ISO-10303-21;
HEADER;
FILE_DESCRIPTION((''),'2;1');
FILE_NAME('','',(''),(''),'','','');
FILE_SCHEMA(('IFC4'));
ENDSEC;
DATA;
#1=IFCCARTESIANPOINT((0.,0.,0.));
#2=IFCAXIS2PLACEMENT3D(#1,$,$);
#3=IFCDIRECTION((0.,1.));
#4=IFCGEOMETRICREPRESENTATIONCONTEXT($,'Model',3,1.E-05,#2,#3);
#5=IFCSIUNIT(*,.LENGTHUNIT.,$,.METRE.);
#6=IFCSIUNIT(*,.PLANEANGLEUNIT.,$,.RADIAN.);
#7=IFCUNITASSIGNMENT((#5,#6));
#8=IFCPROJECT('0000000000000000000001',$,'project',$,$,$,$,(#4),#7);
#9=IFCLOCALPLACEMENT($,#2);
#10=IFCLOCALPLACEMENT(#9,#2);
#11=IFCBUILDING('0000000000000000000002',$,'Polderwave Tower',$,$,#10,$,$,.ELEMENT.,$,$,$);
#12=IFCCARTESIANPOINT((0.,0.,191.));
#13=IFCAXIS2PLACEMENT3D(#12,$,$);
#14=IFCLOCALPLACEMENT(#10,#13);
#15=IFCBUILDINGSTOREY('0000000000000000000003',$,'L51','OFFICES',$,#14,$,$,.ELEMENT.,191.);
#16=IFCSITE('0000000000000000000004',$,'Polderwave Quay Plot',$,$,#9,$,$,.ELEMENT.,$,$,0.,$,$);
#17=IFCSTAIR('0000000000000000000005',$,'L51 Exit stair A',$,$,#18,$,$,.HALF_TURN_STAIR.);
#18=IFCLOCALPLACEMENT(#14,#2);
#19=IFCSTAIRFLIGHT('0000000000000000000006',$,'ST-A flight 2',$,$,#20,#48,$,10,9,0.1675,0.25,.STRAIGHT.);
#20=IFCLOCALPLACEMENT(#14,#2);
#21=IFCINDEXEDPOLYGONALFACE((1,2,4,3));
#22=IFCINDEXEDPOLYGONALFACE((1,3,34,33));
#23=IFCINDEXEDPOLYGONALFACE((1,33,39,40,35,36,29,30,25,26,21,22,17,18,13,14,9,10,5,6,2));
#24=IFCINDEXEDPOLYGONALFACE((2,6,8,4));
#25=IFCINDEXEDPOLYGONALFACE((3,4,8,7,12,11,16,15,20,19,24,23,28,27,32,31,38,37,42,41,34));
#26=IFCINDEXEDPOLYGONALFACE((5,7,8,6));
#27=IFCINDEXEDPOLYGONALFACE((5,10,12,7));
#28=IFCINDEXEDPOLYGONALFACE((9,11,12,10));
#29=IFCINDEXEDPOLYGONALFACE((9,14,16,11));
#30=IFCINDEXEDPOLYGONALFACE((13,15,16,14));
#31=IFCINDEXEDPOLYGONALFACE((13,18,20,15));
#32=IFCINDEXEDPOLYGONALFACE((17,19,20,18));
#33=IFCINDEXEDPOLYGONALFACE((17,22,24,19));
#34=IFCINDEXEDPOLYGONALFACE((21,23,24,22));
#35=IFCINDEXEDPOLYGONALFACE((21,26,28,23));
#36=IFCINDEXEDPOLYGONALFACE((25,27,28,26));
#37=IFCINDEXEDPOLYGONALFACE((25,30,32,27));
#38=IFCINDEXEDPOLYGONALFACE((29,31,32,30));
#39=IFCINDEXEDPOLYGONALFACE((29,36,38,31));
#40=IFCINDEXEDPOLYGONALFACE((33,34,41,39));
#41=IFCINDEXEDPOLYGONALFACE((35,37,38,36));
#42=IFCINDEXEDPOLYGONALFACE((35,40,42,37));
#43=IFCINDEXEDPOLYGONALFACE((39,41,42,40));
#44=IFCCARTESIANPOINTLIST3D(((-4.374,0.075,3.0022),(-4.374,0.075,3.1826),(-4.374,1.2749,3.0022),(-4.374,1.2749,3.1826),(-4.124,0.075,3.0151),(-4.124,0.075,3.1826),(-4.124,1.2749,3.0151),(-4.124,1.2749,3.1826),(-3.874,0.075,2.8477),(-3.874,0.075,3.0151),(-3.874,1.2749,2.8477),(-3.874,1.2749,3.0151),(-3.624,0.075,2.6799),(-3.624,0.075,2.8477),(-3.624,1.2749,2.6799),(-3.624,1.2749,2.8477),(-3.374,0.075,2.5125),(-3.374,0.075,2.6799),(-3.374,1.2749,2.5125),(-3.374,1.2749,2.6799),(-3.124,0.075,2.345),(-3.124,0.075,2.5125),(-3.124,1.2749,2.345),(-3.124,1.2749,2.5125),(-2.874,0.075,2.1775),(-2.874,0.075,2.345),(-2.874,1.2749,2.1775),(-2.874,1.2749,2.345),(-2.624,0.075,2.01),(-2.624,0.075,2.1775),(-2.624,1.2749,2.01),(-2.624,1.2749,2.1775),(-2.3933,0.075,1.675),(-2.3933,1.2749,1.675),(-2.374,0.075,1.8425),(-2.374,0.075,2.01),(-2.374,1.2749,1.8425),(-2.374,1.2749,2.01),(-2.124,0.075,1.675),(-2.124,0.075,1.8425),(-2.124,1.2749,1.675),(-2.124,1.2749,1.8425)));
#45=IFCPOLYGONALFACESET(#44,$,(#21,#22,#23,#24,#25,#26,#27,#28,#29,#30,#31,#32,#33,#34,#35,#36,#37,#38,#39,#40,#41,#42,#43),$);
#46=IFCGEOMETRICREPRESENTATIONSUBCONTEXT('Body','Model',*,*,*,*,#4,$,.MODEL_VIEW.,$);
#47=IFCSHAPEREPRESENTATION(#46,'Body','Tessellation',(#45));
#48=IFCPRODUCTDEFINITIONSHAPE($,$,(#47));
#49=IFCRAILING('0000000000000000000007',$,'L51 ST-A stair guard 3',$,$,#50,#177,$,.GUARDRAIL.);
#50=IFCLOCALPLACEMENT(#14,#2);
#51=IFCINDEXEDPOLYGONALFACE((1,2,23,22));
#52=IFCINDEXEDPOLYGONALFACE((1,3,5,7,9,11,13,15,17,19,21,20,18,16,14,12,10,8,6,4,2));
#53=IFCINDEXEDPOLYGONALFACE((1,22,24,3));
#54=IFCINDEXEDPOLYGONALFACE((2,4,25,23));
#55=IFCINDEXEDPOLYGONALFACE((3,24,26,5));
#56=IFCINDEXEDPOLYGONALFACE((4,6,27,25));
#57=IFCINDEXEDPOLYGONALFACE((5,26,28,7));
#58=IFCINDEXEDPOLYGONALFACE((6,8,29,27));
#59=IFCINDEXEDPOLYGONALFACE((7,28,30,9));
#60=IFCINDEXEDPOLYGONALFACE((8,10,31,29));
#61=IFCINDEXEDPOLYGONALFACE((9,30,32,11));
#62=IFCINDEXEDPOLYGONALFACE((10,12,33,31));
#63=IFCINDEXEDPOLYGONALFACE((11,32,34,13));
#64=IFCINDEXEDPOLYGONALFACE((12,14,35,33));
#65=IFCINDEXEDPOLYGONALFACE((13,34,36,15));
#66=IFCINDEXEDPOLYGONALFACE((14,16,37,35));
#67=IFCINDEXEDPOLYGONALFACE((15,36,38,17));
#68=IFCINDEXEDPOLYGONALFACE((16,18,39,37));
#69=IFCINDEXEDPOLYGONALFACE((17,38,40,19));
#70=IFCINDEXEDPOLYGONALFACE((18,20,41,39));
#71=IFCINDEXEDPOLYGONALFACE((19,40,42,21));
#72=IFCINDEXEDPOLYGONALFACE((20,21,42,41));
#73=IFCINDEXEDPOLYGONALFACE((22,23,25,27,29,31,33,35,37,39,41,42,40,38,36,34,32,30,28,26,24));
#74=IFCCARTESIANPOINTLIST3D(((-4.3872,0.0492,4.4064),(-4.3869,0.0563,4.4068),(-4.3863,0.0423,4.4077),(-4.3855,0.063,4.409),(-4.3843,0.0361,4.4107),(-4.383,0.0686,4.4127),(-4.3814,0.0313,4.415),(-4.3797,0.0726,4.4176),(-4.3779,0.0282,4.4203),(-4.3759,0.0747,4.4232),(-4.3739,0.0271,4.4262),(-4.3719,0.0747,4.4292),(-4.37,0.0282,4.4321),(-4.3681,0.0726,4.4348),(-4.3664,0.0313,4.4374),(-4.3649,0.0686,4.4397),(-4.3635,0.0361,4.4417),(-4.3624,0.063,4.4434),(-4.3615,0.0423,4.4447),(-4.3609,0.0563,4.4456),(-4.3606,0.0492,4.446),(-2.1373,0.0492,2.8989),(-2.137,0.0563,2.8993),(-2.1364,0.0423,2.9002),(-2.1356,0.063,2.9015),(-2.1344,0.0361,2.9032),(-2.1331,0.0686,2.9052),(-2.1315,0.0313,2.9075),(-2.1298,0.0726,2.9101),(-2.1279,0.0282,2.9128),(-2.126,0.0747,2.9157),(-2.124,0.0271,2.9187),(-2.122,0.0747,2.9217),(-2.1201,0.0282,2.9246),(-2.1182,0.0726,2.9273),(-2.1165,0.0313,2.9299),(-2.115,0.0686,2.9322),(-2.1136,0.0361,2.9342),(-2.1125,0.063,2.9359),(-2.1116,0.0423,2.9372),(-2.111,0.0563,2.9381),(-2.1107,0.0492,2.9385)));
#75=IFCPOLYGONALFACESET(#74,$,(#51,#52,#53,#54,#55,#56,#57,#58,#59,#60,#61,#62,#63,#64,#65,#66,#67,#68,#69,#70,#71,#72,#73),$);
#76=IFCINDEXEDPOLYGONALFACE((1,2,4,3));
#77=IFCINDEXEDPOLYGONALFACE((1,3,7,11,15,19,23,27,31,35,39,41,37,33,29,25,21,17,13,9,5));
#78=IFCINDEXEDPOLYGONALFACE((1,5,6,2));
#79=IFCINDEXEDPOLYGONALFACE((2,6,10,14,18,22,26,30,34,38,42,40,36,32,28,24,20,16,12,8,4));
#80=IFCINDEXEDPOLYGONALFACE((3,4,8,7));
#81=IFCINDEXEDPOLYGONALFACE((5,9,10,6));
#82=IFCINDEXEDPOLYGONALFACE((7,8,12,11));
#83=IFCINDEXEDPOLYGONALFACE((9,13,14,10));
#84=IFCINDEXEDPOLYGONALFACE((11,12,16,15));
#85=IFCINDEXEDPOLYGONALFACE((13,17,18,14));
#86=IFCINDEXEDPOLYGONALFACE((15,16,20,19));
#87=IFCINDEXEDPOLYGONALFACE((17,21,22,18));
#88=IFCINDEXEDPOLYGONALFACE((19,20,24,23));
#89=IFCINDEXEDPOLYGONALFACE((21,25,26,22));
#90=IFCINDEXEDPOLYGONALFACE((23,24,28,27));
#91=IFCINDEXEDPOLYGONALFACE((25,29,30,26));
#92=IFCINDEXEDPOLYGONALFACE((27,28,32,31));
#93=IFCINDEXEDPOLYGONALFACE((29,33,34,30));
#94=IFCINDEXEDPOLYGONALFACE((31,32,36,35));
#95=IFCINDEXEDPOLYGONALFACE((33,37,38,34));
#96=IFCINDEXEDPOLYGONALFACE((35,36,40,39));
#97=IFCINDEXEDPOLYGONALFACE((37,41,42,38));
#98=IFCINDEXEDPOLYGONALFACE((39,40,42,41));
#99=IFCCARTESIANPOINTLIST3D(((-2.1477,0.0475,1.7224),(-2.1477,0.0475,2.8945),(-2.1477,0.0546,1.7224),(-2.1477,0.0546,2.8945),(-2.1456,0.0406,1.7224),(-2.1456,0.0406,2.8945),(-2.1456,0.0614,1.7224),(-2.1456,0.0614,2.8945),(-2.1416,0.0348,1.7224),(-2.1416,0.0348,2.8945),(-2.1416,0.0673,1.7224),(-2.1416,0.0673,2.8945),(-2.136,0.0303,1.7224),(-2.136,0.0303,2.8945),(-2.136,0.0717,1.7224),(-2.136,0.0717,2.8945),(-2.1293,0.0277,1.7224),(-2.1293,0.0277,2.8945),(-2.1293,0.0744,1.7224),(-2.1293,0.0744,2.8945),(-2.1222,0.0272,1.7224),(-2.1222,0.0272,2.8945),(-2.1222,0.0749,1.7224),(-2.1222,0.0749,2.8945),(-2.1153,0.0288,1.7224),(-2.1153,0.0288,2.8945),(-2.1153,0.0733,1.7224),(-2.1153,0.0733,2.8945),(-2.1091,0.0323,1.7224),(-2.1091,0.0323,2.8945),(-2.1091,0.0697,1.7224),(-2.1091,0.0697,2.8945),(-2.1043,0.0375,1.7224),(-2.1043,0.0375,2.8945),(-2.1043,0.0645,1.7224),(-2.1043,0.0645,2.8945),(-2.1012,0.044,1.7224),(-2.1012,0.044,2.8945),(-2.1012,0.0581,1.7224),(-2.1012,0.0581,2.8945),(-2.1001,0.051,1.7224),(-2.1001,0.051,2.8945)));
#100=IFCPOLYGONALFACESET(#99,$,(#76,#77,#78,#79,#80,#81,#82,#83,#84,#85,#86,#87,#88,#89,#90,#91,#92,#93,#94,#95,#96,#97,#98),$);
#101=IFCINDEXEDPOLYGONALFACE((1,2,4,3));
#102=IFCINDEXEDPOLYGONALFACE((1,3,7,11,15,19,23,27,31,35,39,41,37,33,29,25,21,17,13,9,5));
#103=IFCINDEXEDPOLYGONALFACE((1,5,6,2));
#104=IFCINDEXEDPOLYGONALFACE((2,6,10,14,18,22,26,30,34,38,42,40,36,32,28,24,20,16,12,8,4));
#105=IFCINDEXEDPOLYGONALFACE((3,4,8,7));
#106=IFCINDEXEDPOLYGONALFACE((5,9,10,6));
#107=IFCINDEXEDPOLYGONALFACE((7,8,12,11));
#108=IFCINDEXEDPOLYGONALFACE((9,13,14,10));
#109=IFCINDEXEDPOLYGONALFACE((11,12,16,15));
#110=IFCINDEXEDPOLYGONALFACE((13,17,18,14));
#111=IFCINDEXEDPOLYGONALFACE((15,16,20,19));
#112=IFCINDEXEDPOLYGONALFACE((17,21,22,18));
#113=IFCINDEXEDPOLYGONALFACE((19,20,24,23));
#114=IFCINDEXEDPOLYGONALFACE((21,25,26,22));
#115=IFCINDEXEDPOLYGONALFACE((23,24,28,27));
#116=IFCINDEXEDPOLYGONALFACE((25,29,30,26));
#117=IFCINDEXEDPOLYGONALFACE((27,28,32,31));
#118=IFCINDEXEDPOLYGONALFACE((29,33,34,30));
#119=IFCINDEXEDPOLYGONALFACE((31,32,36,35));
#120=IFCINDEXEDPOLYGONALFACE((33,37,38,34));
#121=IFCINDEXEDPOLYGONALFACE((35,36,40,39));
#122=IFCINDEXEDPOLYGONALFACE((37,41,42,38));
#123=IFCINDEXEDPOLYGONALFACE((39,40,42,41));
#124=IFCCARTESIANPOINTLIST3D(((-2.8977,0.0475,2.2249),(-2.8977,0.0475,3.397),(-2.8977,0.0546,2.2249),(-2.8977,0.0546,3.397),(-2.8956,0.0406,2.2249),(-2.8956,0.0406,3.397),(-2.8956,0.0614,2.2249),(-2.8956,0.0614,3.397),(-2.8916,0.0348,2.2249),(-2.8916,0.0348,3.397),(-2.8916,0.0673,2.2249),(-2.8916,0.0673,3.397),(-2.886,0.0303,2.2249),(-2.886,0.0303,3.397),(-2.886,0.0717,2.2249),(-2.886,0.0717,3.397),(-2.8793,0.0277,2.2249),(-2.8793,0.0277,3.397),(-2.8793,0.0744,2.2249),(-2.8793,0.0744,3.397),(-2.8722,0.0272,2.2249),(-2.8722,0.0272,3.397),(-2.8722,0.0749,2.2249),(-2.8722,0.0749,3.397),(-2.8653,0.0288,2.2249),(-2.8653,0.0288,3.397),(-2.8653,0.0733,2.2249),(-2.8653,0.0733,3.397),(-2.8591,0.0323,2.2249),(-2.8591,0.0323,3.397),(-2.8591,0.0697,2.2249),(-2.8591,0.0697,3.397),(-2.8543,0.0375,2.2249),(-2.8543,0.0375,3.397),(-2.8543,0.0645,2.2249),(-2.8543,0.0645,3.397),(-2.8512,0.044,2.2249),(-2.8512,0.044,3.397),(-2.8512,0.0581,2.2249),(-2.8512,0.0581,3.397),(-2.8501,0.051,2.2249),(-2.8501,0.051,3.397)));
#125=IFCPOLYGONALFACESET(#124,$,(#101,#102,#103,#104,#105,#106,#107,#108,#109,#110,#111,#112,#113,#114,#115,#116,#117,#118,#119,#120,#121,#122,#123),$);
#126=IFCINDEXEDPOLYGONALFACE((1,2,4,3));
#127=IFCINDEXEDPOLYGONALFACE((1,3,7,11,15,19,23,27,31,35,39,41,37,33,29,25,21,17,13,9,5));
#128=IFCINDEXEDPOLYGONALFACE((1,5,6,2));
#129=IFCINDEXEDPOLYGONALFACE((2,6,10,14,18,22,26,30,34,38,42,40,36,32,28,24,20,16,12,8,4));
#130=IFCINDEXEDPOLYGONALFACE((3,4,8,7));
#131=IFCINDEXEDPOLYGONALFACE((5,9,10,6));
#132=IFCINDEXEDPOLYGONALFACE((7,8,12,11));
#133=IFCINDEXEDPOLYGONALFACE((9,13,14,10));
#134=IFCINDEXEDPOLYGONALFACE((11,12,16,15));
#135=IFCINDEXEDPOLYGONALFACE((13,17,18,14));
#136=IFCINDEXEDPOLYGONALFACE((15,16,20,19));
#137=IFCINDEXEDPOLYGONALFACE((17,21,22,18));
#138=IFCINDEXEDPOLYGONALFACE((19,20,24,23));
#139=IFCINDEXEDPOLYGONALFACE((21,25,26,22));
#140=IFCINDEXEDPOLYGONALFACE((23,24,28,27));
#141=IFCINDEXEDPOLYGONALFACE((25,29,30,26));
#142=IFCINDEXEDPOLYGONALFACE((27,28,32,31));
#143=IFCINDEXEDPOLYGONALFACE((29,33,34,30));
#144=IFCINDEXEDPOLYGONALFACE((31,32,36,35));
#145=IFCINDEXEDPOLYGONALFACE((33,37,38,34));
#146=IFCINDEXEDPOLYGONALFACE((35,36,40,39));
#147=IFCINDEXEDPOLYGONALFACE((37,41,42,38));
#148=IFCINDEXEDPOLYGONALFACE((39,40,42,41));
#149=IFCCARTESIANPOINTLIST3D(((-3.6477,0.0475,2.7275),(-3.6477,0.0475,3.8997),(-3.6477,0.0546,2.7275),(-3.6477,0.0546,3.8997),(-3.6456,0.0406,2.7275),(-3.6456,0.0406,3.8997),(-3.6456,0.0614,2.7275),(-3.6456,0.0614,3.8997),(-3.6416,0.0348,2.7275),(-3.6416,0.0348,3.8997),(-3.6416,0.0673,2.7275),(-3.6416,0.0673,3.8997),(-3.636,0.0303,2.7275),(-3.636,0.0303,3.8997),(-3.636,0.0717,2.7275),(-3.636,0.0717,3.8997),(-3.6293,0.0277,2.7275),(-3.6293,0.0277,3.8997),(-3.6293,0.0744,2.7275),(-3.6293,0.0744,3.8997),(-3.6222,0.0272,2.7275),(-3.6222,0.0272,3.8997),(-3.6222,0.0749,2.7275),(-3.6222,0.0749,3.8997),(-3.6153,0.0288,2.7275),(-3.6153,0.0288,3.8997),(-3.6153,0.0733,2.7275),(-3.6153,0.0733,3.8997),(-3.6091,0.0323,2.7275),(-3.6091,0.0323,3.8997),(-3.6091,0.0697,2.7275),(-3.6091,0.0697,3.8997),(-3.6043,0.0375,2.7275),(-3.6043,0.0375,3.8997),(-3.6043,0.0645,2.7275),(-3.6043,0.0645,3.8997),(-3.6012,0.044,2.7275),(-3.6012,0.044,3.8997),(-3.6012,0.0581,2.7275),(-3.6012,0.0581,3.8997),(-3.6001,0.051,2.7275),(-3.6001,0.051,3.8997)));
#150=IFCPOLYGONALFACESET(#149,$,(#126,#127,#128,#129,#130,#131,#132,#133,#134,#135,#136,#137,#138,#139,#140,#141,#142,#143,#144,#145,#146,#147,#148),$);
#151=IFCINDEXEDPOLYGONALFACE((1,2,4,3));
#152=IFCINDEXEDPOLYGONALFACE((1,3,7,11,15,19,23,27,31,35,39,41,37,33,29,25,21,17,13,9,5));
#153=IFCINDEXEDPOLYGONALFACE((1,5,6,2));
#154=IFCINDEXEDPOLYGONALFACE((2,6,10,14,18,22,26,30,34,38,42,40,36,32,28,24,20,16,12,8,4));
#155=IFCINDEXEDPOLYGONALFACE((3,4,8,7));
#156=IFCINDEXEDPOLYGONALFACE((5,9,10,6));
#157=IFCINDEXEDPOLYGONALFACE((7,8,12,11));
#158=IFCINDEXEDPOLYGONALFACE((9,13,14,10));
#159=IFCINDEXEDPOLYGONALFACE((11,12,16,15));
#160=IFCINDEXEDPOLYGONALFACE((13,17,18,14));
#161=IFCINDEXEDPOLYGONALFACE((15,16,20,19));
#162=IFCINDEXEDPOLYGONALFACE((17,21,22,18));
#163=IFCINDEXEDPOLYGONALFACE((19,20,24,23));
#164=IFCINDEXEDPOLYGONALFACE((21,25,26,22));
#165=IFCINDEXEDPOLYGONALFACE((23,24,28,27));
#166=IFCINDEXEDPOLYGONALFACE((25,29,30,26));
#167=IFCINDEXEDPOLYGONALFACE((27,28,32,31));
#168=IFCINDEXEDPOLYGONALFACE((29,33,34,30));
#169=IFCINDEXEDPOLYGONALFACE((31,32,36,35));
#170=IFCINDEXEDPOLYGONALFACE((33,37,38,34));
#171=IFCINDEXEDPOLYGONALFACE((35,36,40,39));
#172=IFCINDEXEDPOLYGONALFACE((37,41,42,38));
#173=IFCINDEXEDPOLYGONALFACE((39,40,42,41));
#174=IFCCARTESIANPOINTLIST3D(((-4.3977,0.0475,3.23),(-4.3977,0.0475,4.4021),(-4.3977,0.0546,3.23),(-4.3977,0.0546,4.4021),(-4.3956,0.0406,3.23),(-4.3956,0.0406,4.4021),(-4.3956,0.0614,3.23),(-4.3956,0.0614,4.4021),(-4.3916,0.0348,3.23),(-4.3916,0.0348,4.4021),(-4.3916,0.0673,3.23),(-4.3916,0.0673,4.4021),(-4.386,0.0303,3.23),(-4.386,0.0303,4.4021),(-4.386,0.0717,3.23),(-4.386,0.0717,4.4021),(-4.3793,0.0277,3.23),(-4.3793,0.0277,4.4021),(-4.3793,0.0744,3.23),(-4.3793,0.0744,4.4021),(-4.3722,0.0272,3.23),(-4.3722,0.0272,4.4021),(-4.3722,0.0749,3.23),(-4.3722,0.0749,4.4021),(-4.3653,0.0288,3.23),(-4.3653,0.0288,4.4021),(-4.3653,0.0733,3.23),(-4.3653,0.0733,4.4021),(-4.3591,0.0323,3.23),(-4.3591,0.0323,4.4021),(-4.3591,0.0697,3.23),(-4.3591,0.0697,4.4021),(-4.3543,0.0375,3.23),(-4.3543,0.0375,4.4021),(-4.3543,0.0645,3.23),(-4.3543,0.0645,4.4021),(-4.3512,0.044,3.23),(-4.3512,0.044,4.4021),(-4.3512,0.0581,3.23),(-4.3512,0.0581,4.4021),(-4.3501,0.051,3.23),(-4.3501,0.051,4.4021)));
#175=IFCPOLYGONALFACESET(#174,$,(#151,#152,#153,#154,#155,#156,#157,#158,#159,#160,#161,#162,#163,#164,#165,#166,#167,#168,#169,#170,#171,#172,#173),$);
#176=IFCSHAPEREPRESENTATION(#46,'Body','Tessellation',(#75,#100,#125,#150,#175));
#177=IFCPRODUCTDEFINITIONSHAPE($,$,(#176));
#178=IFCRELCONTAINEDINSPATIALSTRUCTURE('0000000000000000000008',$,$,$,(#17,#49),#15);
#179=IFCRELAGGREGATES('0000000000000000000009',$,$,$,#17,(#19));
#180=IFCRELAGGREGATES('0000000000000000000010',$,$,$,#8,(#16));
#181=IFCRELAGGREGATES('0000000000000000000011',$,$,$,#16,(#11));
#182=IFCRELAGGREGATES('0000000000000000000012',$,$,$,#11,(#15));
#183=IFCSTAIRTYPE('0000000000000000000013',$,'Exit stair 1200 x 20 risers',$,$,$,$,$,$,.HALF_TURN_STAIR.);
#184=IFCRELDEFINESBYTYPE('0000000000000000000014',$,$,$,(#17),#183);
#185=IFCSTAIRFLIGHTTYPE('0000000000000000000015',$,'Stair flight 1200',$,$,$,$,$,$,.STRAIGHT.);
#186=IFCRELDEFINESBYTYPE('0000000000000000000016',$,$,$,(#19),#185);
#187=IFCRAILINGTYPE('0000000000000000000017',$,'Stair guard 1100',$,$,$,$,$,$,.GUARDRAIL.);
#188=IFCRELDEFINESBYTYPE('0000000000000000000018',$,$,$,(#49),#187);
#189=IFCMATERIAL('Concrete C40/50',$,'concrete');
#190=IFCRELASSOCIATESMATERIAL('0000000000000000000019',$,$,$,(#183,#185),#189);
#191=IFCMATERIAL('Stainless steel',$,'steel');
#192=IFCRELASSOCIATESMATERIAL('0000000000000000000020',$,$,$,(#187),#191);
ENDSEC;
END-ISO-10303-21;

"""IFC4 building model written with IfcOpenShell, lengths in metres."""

from ifc_helpers import new_model, si_unit, direction, frame, origin, origin_2d, place, context, subcontext, project, spatial, polyline, circle, outline, extrude, material, type_object, element, aggregate, save


model = new_model("IFC4")

# Units and contexts
model_context = context("Model", 3, precision=1e-05, world=origin(), true_north=direction((0.0, 1.0)))
body_context = subcontext(model_context, "Body", "Model", "MODEL_VIEW")
ifc_project = project(units=[si_unit("LENGTHUNIT", "METRE"), si_unit("PLANEANGLEUNIT", "RADIAN")], contexts=[model_context])

# Site, building, storey
site_placement = place(None, origin())
site = spatial("IfcSite", under=ifc_project, at=site_placement, Name="Polderwave Quay Plot", CompositionType="ELEMENT", RefElevation=0.0)
building_placement = place(site_placement, origin())
building = spatial("IfcBuilding", under=site, at=building_placement, Name="Polderwave Tower", CompositionType="ELEMENT")
storey_placement = place(building_placement, frame((0.0, 0.0, 191.0)))
storey = spatial("IfcBuildingStorey", under=building, at=storey_placement, Name="L51", Description="OFFICES", CompositionType="ELEMENT", Elevation=191.0)

# Shared definitions
ifc_material_1 = material(Name="Concrete C40/50", Category="concrete")

# Stair
stair_type = type_object("IfcStairType", Name="Exit stair 1200 x 20 risers", PredefinedType="HALF_TURN_STAIR", material=ifc_material_1)
stair_1_placement = place(storey_placement, origin())
stair_1 = element("IfcStair", 1, at=stair_1_placement, inside=storey, type_object=stair_type, Name="L51 Exit stair A", PredefinedType="HALF_TURN_STAIR")

# Shared definitions
ifc_material_2 = material(Name="Stainless steel", Category="steel")

# Stair flight
stair_flight_type = type_object("IfcStairFlightType", Name="Stair flight 1200", PredefinedType="STRAIGHT", material=ifc_material_1)
stair_flight_placement = place(storey_placement, frame((-2.124, 0.675, 1.675), z_axis=(0.0, 0.0, 1.0), x_axis=(-1.0, 0.0, 0.0)))
stair_flight = element("IfcStairFlight", 2, at=stair_flight_placement, type_object=stair_flight_type, Name="ST-A flight 2", NumberOfRisers=10, NumberOfTreads=9, PredefinedType="STRAIGHT", RiserHeight=0.1675, TreadLength=0.25, context=body_context, shape_type="SweptSolid", body=[
    extrude(outline(polyline([(0.0, 0.0), (0.0, 0.1675), (0.25, 0.1675), (0.25, 0.335), (0.5, 0.335), (0.5, 0.5024), (0.75, 0.5024), (0.75, 0.6699), (1.0, 0.6699), (1.0, 0.8374), (1.25, 0.8374), (1.25, 1.0049), (1.5, 1.0049), (1.5, 1.1726), (1.75, 1.1726), (1.75, 1.3401), (2.0, 1.3401), (2.0, 1.5076), (2.25, 1.5076), (2.25, 1.675), (2.25, 1.3271), (0.2693, 0.0), (0.0, 0.0)])), frame((0.0, 0.6001, 0.0), z_axis=(0.0, -1.0, 0.0), x_axis=(1.0, 0.0, 0.0)), (0.0, 0.0, 1.0), 1.2),
])
aggregate(stair_1, [stair_flight])

# Railing
railing_type_1 = type_object("IfcRailingType", Name="Stair guard 1100", PredefinedType="GUARDRAIL", material=ifc_material_2)
railing_1_placement = place(storey_placement, frame((-2.124, 0.051, 1.7224)))
element("IfcRailing", 3, at=railing_1_placement, inside=storey, type_object=railing_type_1, Name="L51 ST-A stair guard 3", PredefinedType="GUARDRAIL", context=body_context, shape_type="SweptSolid", body=[
    extrude(circle(Radius=0.0239, at=origin_2d()), frame((0.0, 0.0, 1.1963), z_axis=(-0.830758, 0.0, 0.556633), x_axis=(0.0, -1.0, 0.0)), (0.0, 0.0, 1.0), 2.7083),
    extrude(circle(Radius=0.0239, at=origin_2d()), origin(), (0.0, 0.0, 1.0), 1.1721),
    extrude(circle(Radius=0.0239, at=origin_2d()), frame((-0.75, 0.0, 0.5024)), (0.0, 0.0, 1.0), 1.1721),
    extrude(circle(Radius=0.0239, at=origin_2d()), frame((-1.5, 0.0, 1.0051)), (0.0, 0.0, 1.0), 1.1721),
    extrude(circle(Radius=0.0239, at=origin_2d()), frame((-2.25, 0.0, 1.5076)), (0.0, 0.0, 1.0), 1.1721),
])

save(model, "model.ifc")
